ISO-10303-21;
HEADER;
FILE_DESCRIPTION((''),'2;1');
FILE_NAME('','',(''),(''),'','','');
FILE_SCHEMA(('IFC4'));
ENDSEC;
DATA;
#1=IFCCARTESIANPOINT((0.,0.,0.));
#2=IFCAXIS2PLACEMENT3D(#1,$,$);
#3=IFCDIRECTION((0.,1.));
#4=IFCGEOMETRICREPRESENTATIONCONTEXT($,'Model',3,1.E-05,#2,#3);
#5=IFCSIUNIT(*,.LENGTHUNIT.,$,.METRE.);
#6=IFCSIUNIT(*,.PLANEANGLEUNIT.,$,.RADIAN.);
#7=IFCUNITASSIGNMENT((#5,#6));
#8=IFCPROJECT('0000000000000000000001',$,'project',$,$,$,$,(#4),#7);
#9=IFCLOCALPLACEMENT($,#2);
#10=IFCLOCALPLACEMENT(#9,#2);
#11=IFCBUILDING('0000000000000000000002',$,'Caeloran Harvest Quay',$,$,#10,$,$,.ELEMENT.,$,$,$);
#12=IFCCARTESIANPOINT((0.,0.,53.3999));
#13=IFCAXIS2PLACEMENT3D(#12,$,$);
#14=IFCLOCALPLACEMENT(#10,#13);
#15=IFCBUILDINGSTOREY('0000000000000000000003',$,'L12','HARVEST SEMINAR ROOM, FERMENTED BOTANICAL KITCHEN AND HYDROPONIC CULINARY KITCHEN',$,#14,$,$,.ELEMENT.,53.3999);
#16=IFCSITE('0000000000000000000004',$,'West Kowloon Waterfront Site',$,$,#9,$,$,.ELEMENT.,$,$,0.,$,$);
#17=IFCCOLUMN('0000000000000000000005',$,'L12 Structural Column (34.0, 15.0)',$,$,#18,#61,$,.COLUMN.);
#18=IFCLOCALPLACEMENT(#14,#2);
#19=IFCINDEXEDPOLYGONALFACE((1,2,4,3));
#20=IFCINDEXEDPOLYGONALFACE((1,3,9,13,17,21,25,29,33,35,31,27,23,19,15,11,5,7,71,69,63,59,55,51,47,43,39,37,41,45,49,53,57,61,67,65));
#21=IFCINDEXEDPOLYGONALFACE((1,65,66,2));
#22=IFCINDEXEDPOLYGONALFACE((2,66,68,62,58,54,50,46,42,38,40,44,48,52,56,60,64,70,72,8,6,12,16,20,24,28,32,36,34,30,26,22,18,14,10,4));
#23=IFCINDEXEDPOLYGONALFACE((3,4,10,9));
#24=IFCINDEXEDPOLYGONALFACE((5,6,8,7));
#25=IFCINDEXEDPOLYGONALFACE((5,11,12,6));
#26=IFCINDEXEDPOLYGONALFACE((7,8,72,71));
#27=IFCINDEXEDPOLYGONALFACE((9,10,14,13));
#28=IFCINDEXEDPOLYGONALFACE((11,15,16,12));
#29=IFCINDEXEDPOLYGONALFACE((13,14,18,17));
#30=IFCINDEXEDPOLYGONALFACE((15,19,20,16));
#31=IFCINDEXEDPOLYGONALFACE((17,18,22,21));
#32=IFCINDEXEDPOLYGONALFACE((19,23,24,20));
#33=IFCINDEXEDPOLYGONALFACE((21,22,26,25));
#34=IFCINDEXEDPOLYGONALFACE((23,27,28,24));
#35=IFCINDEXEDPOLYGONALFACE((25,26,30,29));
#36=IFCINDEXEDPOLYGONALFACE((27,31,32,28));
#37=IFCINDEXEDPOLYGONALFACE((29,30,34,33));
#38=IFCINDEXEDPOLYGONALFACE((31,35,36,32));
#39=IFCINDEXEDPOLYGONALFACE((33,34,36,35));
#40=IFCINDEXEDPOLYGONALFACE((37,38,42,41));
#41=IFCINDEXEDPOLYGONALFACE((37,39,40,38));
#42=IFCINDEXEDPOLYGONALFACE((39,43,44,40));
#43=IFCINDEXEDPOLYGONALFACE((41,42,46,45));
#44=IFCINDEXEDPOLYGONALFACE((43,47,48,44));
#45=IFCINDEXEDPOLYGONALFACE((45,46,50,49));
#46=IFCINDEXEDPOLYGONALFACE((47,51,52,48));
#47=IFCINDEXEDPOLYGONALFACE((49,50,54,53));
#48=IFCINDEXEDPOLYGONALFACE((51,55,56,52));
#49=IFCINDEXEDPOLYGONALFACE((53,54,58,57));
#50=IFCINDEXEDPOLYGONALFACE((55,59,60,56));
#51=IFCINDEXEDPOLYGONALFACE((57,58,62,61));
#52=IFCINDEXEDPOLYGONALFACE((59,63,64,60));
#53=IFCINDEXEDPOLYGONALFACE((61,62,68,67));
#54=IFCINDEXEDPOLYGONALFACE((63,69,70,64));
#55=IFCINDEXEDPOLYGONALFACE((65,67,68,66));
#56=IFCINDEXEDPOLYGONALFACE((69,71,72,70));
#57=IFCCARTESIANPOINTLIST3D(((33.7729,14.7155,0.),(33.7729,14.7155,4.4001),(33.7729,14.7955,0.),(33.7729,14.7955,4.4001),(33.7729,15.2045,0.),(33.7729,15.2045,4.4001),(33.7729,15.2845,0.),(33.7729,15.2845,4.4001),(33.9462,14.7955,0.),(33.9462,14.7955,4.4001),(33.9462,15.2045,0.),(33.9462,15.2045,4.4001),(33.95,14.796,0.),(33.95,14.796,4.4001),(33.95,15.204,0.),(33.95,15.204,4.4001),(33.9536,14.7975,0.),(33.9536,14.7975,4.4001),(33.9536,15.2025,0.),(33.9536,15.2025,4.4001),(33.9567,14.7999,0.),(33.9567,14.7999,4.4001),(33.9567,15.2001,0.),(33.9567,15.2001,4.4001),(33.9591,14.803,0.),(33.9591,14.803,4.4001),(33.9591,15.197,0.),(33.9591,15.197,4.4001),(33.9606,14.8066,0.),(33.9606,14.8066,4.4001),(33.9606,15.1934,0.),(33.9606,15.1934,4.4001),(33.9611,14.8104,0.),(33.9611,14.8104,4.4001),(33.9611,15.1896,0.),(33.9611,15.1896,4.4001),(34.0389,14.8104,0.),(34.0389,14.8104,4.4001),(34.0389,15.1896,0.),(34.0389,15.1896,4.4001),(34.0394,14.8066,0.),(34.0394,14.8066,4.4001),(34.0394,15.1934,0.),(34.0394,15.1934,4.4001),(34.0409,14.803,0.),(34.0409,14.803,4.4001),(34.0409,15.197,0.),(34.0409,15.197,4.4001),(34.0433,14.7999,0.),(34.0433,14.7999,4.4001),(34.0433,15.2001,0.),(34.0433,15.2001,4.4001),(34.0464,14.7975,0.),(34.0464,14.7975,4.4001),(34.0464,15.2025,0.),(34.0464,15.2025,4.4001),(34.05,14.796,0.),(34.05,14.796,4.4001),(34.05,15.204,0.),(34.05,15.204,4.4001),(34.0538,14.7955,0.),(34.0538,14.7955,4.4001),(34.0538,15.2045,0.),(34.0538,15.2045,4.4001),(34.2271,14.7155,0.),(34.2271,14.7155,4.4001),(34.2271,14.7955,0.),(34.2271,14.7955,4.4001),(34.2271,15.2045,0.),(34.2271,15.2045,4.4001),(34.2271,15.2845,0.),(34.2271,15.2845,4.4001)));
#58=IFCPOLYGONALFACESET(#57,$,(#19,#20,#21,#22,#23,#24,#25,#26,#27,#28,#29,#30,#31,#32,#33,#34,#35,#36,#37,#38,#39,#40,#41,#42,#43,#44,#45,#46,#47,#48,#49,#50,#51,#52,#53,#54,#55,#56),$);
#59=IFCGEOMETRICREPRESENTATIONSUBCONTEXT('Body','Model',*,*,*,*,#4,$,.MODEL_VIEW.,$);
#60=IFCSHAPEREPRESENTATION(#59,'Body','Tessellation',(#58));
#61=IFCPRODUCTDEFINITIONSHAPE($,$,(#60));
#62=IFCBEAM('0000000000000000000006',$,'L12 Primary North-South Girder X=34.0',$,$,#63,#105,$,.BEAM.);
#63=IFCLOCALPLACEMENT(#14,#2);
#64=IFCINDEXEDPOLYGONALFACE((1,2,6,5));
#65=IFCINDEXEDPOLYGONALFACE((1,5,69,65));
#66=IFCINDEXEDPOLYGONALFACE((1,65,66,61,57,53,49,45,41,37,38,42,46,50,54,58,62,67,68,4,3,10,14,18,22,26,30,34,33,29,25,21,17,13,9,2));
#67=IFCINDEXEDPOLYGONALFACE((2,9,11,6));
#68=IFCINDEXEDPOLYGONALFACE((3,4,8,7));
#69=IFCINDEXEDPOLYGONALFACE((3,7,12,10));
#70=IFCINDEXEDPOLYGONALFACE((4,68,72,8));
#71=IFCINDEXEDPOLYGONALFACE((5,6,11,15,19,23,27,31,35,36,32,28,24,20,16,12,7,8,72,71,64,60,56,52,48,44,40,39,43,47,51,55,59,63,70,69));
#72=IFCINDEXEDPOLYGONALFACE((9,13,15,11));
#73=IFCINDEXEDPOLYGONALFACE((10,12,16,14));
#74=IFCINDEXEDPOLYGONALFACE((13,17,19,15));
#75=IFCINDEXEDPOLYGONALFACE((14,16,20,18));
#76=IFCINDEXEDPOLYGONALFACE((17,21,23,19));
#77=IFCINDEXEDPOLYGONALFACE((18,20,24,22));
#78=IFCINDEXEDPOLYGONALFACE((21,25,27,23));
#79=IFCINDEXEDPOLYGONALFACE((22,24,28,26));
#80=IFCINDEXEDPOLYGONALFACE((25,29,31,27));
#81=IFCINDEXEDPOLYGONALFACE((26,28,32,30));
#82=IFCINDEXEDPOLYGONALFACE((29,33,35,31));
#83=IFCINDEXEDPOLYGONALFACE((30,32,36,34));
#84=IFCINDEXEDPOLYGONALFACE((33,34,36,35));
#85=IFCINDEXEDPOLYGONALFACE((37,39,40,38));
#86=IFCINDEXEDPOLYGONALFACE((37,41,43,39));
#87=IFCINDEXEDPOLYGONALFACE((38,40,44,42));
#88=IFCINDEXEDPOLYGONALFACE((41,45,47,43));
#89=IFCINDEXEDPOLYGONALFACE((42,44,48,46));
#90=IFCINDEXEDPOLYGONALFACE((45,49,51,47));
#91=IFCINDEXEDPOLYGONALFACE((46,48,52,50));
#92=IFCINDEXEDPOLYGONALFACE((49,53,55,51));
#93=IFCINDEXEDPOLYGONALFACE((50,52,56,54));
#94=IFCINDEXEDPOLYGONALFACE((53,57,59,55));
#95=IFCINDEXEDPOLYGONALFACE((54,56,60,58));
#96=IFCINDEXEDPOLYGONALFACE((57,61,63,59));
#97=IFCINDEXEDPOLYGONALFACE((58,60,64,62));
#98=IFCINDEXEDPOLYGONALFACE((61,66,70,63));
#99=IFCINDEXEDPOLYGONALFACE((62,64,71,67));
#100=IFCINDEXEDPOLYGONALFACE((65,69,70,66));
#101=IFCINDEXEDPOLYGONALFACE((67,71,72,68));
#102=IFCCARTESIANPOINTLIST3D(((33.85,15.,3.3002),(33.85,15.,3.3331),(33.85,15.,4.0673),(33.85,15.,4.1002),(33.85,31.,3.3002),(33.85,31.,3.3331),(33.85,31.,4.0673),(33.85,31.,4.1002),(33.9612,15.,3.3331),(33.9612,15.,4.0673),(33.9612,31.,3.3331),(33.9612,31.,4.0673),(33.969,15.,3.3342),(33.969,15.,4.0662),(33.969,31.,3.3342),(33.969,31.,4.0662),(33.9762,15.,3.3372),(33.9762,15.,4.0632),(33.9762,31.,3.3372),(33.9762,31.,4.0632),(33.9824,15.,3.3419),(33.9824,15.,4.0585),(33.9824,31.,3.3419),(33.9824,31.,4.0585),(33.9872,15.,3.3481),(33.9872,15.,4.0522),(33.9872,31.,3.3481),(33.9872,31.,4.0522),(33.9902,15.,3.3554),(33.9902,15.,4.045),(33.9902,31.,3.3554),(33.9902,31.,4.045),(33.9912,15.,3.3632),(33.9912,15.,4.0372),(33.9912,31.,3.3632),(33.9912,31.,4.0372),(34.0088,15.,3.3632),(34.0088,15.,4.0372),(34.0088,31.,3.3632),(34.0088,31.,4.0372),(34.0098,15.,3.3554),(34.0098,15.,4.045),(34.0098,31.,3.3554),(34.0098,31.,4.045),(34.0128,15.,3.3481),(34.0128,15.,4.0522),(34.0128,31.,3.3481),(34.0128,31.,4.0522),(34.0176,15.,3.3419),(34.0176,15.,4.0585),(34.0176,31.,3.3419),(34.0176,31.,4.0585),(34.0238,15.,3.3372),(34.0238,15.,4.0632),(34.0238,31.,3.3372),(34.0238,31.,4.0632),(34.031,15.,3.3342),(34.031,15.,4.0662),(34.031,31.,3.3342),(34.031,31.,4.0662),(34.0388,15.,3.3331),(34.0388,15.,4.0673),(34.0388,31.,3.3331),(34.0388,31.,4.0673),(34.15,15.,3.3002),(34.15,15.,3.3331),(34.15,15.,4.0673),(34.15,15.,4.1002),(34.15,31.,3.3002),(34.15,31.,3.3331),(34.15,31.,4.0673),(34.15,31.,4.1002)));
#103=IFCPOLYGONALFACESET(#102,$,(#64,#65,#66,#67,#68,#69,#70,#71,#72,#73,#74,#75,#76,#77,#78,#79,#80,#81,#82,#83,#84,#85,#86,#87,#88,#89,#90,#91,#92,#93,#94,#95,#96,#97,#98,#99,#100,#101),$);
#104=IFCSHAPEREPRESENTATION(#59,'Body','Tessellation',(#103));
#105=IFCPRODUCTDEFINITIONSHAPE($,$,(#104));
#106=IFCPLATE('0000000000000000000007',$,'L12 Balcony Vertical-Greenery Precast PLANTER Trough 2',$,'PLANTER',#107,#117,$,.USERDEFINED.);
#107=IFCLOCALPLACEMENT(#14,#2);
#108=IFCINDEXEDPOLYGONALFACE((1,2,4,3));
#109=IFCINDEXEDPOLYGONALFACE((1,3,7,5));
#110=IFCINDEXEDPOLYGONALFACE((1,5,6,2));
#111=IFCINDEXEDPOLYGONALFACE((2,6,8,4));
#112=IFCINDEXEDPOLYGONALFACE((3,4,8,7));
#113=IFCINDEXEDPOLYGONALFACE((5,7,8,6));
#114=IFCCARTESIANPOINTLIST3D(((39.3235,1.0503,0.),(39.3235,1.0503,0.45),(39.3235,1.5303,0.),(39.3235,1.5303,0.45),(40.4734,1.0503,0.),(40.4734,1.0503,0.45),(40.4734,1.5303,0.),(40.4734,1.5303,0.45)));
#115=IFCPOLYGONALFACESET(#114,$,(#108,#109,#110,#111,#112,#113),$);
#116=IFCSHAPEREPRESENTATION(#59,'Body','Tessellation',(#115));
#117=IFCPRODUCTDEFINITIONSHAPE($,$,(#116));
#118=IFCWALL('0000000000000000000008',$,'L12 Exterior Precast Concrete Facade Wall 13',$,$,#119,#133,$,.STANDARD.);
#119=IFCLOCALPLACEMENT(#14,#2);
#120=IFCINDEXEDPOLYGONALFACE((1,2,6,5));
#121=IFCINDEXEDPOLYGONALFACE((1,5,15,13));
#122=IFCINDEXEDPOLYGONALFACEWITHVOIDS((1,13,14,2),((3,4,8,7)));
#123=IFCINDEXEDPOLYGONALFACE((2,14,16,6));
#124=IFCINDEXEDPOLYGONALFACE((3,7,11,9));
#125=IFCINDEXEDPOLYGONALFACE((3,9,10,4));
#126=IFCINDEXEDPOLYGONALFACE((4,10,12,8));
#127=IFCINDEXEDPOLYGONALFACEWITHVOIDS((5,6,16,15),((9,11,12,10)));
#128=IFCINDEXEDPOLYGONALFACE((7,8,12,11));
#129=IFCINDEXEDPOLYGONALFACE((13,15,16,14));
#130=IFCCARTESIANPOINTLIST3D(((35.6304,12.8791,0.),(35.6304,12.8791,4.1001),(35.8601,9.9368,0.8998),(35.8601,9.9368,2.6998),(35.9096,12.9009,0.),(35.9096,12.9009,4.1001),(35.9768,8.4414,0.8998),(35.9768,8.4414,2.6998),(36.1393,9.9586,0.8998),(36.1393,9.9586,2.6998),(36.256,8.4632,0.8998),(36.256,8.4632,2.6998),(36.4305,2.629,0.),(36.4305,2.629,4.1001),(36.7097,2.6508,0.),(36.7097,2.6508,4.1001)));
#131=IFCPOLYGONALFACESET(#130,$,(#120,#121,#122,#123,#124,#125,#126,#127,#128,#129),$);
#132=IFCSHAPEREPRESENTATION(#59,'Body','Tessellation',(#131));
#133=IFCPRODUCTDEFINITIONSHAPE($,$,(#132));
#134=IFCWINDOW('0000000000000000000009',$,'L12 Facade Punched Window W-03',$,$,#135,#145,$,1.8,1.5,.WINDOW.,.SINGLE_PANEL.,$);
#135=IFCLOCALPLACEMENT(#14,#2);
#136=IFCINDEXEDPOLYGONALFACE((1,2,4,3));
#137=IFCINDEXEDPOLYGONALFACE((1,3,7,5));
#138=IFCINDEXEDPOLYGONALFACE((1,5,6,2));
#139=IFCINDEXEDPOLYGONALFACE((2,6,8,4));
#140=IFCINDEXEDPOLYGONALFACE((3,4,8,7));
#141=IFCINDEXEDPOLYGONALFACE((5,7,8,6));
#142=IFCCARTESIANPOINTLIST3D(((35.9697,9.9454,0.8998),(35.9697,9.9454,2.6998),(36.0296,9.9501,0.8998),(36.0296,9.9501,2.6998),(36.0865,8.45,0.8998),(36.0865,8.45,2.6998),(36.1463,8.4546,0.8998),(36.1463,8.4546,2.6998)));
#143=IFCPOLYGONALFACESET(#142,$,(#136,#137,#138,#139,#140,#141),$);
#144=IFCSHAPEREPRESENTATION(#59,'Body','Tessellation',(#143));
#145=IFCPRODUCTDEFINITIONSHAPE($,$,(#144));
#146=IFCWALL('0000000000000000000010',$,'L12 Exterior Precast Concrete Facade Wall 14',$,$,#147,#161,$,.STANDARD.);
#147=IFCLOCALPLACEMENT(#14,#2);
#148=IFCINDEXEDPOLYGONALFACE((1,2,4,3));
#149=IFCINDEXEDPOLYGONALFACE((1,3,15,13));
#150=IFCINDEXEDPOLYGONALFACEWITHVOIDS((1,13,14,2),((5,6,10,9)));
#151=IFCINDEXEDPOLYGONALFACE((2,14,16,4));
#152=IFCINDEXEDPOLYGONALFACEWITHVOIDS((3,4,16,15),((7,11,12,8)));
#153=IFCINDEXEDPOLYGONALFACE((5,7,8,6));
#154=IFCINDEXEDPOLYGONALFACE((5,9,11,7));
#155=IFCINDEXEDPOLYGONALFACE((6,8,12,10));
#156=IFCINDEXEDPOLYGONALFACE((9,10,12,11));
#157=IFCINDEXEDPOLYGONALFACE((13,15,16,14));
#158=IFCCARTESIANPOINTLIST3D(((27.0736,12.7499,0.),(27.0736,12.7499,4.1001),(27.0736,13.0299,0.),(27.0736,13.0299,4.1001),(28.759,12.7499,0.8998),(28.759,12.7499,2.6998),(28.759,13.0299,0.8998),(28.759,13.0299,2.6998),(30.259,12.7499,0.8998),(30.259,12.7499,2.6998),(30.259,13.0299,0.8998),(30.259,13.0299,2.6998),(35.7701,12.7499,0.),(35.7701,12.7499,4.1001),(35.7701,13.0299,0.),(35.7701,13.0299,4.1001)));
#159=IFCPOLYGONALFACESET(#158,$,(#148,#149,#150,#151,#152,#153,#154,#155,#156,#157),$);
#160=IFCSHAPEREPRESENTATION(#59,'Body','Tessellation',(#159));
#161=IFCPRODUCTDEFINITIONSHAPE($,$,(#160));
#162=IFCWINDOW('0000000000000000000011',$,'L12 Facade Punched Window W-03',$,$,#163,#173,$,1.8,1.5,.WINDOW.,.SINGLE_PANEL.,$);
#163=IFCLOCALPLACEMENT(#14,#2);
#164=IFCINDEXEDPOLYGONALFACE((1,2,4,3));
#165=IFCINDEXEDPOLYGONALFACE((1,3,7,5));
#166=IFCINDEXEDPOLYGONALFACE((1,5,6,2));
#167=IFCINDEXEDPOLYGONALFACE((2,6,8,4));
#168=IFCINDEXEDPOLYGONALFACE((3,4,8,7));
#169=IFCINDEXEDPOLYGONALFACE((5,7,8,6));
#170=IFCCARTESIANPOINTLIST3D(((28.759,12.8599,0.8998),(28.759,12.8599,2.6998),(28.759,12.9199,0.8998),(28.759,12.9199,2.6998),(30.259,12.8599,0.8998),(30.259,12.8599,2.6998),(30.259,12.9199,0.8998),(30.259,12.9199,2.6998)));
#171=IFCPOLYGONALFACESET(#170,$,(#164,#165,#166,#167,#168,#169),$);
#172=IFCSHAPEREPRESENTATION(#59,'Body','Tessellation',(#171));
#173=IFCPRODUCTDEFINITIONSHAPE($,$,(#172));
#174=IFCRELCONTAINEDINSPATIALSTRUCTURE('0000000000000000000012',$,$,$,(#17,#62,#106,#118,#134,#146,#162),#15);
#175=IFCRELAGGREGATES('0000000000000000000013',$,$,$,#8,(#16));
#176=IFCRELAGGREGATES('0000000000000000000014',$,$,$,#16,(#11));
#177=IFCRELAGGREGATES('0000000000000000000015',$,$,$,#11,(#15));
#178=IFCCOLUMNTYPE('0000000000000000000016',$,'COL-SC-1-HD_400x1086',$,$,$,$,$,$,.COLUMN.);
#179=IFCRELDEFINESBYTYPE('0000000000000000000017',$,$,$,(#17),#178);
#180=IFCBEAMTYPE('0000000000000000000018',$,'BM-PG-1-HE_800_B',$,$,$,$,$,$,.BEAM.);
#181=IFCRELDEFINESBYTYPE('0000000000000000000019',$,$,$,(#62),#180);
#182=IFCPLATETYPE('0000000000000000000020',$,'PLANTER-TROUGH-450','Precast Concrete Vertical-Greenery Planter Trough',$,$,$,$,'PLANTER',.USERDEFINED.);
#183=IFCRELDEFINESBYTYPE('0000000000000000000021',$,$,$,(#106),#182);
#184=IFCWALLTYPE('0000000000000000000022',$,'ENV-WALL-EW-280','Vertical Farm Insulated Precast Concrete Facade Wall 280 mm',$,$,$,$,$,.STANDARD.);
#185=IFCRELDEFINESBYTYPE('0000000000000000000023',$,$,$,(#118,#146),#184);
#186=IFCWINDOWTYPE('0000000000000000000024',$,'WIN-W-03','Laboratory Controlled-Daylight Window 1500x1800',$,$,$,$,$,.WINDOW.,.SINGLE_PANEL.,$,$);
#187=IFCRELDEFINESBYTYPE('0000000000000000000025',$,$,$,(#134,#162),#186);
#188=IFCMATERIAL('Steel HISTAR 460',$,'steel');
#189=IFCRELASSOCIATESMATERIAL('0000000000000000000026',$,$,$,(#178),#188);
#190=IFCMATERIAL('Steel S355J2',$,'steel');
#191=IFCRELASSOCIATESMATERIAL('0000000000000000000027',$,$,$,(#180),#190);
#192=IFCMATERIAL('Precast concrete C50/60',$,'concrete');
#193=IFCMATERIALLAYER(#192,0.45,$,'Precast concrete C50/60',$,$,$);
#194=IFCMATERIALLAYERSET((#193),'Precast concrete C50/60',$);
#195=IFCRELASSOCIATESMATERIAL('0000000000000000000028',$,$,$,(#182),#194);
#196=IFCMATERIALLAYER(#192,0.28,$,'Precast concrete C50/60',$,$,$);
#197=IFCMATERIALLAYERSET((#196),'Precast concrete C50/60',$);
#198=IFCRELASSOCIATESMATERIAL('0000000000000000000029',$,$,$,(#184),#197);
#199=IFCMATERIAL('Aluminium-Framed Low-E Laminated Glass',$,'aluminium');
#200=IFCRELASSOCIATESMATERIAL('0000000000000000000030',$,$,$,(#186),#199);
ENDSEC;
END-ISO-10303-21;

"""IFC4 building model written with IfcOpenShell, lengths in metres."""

from ifc_helpers import new_model, si_unit, direction, frame, frame_2d, origin, origin_2d, place, context, subcontext, project, spatial, rectangle, i_section, extrude, material, layer, layer_set, material_profile, profile_set, type_object, element, fill, save


model = new_model("IFC4")

# Units and contexts
model_context = context("Model", 3, precision=1e-05, world=origin(), true_north=direction((0.0, 1.0)))
body_context = subcontext(model_context, "Body", "Model", "MODEL_VIEW")
ifc_project = project(units=[si_unit("LENGTHUNIT", "METRE"), si_unit("PLANEANGLEUNIT", "RADIAN")], contexts=[model_context])

# Site, building, storey
site_placement = place(None, origin())
site = spatial("IfcSite", under=ifc_project, at=site_placement, Name="West Kowloon Waterfront Site", CompositionType="ELEMENT", RefElevation=0.0)
building_placement = place(site_placement, origin())
building = spatial("IfcBuilding", under=site, at=building_placement, Name="Caeloran Harvest Quay", CompositionType="ELEMENT")
storey_placement = place(building_placement, frame((0.0, 0.0, 53.3999)))
storey = spatial("IfcBuildingStorey", under=building, at=storey_placement, Name="L12", Description="HARVEST SEMINAR ROOM, FERMENTED BOTANICAL KITCHEN AND HYDROPONIC CULINARY KITCHEN", CompositionType="ELEMENT", Elevation=53.3999)

# Column
ifc_material_1 = material(Name="Steel HISTAR 460", Category="steel")
ifc_material_profile_1 = material_profile(ifc_material_1, i_section(OverallWidth=0.4541, OverallDepth=0.5691, WebThickness=0.0779, FlangeThickness=0.0801, FilletRadius=0.0149, at=origin_2d()), Name="HD 400x1086")
ifc_profile_set_1 = profile_set([ifc_material_profile_1], Name="Steel HISTAR 460")
column_type = type_object("IfcColumnType", Name="COL-SC-1-HD_400x1086", PredefinedType="COLUMN", material=ifc_profile_set_1)
column_placement = place(storey_placement, frame((34.0, 15.0, 0.0), z_axis=(0.0, 0.0, 1.0), x_axis=(1.0, 0.0, 0.0)))
element("IfcColumn", 1, at=column_placement, inside=storey, type_object=column_type, Name="L12 Structural Column (34.0, 15.0)", PredefinedType="COLUMN", context=body_context, shape_type="SweptSolid", body=[
    extrude(i_section(OverallWidth=0.4541, OverallDepth=0.5691, WebThickness=0.0779, FlangeThickness=0.0801, FilletRadius=0.0149, at=origin_2d()), origin(), (0.0, 0.0, 1.0), 4.4001),
])

# Beam
ifc_material_2 = material(Name="Steel S355J2", Category="steel")
ifc_material_profile_2 = material_profile(ifc_material_2, i_section(OverallWidth=0.3, OverallDepth=0.8, WebThickness=0.0176, FlangeThickness=0.033, FilletRadius=0.03, at=origin_2d()), Name="HE 800 B")
ifc_profile_set_2 = profile_set([ifc_material_profile_2], Name="Steel S355J2")
beam_type = type_object("IfcBeamType", Name="BM-PG-1-HE_800_B", PredefinedType="BEAM", material=ifc_profile_set_2)
beam_placement = place(storey_placement, frame((34.0, 15.0, 3.7002), z_axis=(0.0, 1.0, 0.0), x_axis=(-1.0, 0.0, 0.0)))
element("IfcBeam", 2, at=beam_placement, inside=storey, type_object=beam_type, Name="L12 Primary North-South Girder X=34.0", PredefinedType="BEAM", context=body_context, shape_type="SweptSolid", body=[
    extrude(i_section(OverallWidth=0.3, OverallDepth=0.8, WebThickness=0.0176, FlangeThickness=0.033, FilletRadius=0.03, at=origin_2d()), origin(), (0.0, 0.0, 1.0), 16.0),
])

# Plate
ifc_material_3 = material(Name="Precast concrete C50/60", Category="concrete")
ifc_layer_1 = layer(ifc_material_3, 0.45, Name="Precast concrete C50/60")
ifc_layer_set_1 = layer_set([ifc_layer_1], Name="Precast concrete C50/60")
plate_type = type_object("IfcPlateType", Name="PLANTER-TROUGH-450", Description="Precast Concrete Vertical-Greenery Planter Trough", ElementType="PLANTER", PredefinedType="USERDEFINED", material=ifc_layer_set_1)
plate_placement = place(storey_placement, frame((39.8984, 1.2903, 0.0), z_axis=(0.0, 0.0, 1.0), x_axis=(1.0, 0.0, 0.0)))
element("IfcPlate", 3, at=plate_placement, inside=storey, type_object=plate_type, Name="L12 Balcony Vertical-Greenery Precast PLANTER Trough 2", ObjectType="PLANTER", PredefinedType="USERDEFINED", context=body_context, shape_type="SweptSolid", body=[
    extrude(rectangle(XDim=1.1499, YDim=0.48, at=origin_2d()), origin(), (0.0, 0.0, 1.0), 0.45),
])

# Walls, openings, windows
ifc_layer_2 = layer(ifc_material_3, 0.28, Name="Precast concrete C50/60")
ifc_layer_set_2 = layer_set([ifc_layer_2], Name="Precast concrete C50/60")
wall_type_1 = type_object("IfcWallType", Name="ENV-WALL-EW-280", Description="Vertical Farm Insulated Precast Concrete Facade Wall 280 mm", PredefinedType="STANDARD", material=ifc_layer_set_2)
wall_1_placement = place(storey_placement, frame((36.5701, 2.6399, 0.0), z_axis=(0.0, 0.0, 1.0), x_axis=(-0.077817, 0.996968, 0.0)))
wall_1 = element("IfcWall", 4, at=wall_1_placement, inside=storey, type_object=wall_type_1, Name="L12 Exterior Precast Concrete Facade Wall 13", PredefinedType="STANDARD", context=body_context, shape_type="SweptSolid", body=[
    extrude(rectangle(XDim=10.2812, YDim=0.28, at=frame_2d((5.1406, 0.0))), origin(), (0.0, 0.0, 1.0), 4.1001),
])
opening_1_placement = place(wall_1_placement, frame((5.8301, 0.0, 0.8999)))
opening_1 = element("IfcOpeningElement", 5, at=opening_1_placement, cuts=wall_1, PredefinedType="OPENING", context=body_context, shape_type="SweptSolid", body=[
    extrude(rectangle(XDim=1.5, YDim=1.8, at=frame_2d((0.75, 0.8999))), frame((0.0, 0.1499, 0.0), z_axis=(0.0, -1.0, 0.0), x_axis=(1.0, 0.0, 0.0)), (0.0, 0.0, 1.0), 0.3),
])
ifc_material_4 = material(Name="Aluminium-Framed Low-E Laminated Glass", Category="aluminium")
window_type = type_object("IfcWindowType", Name="WIN-W-03", Description="Laboratory Controlled-Daylight Window 1500x1800", PartitioningType="SINGLE_PANEL", PredefinedType="WINDOW", material=ifc_material_4)
window_1_placement = place(opening_1_placement, origin())
window_1 = element("IfcWindow", 6, at=window_1_placement, inside=storey, type_object=window_type, Name="L12 Facade Punched Window W-03", OverallHeight=1.8, OverallWidth=1.5, PartitioningType="SINGLE_PANEL", PredefinedType="WINDOW", context=body_context, shape_type="SweptSolid", body=[
    extrude(rectangle(XDim=1.5, YDim=1.8, at=frame_2d((0.75, 0.8999))), frame((0.0, 0.03, 0.0), z_axis=(0.0, -1.0, 0.0), x_axis=(1.0, 0.0, 0.0)), (0.0, 0.0, 1.0), 0.0601),
])
fill(opening_1, window_1)
wall_2_placement = place(storey_placement, frame((35.77, 12.8899, 0.0), z_axis=(0.0, 0.0, 1.0), x_axis=(-1.0, 0.0, 0.0)))
wall_2 = element("IfcWall", 7, at=wall_2_placement, inside=storey, type_object=wall_type_1, Name="L12 Exterior Precast Concrete Facade Wall 14", PredefinedType="STANDARD", context=body_context, shape_type="SweptSolid", body=[
    extrude(rectangle(XDim=8.6965, YDim=0.28, at=frame_2d((4.3481, 0.0))), origin(), (0.0, 0.0, 1.0), 4.1001),
])
opening_2_placement = place(wall_2_placement, frame((5.511, 0.0, 0.8999)))
opening_2 = element("IfcOpeningElement", 8, at=opening_2_placement, cuts=wall_2, PredefinedType="OPENING", context=body_context, shape_type="SweptSolid", body=[
    extrude(rectangle(XDim=1.5, YDim=1.8, at=frame_2d((0.75, 0.8999))), frame((0.0, 0.1499, 0.0), z_axis=(0.0, -1.0, 0.0), x_axis=(1.0, 0.0, 0.0)), (0.0, 0.0, 1.0), 0.3),
])
window_2_placement = place(opening_2_placement, origin())
window_2 = element("IfcWindow", 9, at=window_2_placement, inside=storey, type_object=window_type, Name="L12 Facade Punched Window W-03", OverallHeight=1.8, OverallWidth=1.5, PartitioningType="SINGLE_PANEL", PredefinedType="WINDOW", context=body_context, shape_type="SweptSolid", body=[
    extrude(rectangle(XDim=1.5, YDim=1.8, at=frame_2d((0.75, 0.8999))), frame((0.0, 0.03, 0.0), z_axis=(0.0, -1.0, 0.0), x_axis=(1.0, 0.0, 0.0)), (0.0, 0.0, 1.0), 0.0601),
])
fill(opening_2, window_2)

save(model, "model.ifc")
